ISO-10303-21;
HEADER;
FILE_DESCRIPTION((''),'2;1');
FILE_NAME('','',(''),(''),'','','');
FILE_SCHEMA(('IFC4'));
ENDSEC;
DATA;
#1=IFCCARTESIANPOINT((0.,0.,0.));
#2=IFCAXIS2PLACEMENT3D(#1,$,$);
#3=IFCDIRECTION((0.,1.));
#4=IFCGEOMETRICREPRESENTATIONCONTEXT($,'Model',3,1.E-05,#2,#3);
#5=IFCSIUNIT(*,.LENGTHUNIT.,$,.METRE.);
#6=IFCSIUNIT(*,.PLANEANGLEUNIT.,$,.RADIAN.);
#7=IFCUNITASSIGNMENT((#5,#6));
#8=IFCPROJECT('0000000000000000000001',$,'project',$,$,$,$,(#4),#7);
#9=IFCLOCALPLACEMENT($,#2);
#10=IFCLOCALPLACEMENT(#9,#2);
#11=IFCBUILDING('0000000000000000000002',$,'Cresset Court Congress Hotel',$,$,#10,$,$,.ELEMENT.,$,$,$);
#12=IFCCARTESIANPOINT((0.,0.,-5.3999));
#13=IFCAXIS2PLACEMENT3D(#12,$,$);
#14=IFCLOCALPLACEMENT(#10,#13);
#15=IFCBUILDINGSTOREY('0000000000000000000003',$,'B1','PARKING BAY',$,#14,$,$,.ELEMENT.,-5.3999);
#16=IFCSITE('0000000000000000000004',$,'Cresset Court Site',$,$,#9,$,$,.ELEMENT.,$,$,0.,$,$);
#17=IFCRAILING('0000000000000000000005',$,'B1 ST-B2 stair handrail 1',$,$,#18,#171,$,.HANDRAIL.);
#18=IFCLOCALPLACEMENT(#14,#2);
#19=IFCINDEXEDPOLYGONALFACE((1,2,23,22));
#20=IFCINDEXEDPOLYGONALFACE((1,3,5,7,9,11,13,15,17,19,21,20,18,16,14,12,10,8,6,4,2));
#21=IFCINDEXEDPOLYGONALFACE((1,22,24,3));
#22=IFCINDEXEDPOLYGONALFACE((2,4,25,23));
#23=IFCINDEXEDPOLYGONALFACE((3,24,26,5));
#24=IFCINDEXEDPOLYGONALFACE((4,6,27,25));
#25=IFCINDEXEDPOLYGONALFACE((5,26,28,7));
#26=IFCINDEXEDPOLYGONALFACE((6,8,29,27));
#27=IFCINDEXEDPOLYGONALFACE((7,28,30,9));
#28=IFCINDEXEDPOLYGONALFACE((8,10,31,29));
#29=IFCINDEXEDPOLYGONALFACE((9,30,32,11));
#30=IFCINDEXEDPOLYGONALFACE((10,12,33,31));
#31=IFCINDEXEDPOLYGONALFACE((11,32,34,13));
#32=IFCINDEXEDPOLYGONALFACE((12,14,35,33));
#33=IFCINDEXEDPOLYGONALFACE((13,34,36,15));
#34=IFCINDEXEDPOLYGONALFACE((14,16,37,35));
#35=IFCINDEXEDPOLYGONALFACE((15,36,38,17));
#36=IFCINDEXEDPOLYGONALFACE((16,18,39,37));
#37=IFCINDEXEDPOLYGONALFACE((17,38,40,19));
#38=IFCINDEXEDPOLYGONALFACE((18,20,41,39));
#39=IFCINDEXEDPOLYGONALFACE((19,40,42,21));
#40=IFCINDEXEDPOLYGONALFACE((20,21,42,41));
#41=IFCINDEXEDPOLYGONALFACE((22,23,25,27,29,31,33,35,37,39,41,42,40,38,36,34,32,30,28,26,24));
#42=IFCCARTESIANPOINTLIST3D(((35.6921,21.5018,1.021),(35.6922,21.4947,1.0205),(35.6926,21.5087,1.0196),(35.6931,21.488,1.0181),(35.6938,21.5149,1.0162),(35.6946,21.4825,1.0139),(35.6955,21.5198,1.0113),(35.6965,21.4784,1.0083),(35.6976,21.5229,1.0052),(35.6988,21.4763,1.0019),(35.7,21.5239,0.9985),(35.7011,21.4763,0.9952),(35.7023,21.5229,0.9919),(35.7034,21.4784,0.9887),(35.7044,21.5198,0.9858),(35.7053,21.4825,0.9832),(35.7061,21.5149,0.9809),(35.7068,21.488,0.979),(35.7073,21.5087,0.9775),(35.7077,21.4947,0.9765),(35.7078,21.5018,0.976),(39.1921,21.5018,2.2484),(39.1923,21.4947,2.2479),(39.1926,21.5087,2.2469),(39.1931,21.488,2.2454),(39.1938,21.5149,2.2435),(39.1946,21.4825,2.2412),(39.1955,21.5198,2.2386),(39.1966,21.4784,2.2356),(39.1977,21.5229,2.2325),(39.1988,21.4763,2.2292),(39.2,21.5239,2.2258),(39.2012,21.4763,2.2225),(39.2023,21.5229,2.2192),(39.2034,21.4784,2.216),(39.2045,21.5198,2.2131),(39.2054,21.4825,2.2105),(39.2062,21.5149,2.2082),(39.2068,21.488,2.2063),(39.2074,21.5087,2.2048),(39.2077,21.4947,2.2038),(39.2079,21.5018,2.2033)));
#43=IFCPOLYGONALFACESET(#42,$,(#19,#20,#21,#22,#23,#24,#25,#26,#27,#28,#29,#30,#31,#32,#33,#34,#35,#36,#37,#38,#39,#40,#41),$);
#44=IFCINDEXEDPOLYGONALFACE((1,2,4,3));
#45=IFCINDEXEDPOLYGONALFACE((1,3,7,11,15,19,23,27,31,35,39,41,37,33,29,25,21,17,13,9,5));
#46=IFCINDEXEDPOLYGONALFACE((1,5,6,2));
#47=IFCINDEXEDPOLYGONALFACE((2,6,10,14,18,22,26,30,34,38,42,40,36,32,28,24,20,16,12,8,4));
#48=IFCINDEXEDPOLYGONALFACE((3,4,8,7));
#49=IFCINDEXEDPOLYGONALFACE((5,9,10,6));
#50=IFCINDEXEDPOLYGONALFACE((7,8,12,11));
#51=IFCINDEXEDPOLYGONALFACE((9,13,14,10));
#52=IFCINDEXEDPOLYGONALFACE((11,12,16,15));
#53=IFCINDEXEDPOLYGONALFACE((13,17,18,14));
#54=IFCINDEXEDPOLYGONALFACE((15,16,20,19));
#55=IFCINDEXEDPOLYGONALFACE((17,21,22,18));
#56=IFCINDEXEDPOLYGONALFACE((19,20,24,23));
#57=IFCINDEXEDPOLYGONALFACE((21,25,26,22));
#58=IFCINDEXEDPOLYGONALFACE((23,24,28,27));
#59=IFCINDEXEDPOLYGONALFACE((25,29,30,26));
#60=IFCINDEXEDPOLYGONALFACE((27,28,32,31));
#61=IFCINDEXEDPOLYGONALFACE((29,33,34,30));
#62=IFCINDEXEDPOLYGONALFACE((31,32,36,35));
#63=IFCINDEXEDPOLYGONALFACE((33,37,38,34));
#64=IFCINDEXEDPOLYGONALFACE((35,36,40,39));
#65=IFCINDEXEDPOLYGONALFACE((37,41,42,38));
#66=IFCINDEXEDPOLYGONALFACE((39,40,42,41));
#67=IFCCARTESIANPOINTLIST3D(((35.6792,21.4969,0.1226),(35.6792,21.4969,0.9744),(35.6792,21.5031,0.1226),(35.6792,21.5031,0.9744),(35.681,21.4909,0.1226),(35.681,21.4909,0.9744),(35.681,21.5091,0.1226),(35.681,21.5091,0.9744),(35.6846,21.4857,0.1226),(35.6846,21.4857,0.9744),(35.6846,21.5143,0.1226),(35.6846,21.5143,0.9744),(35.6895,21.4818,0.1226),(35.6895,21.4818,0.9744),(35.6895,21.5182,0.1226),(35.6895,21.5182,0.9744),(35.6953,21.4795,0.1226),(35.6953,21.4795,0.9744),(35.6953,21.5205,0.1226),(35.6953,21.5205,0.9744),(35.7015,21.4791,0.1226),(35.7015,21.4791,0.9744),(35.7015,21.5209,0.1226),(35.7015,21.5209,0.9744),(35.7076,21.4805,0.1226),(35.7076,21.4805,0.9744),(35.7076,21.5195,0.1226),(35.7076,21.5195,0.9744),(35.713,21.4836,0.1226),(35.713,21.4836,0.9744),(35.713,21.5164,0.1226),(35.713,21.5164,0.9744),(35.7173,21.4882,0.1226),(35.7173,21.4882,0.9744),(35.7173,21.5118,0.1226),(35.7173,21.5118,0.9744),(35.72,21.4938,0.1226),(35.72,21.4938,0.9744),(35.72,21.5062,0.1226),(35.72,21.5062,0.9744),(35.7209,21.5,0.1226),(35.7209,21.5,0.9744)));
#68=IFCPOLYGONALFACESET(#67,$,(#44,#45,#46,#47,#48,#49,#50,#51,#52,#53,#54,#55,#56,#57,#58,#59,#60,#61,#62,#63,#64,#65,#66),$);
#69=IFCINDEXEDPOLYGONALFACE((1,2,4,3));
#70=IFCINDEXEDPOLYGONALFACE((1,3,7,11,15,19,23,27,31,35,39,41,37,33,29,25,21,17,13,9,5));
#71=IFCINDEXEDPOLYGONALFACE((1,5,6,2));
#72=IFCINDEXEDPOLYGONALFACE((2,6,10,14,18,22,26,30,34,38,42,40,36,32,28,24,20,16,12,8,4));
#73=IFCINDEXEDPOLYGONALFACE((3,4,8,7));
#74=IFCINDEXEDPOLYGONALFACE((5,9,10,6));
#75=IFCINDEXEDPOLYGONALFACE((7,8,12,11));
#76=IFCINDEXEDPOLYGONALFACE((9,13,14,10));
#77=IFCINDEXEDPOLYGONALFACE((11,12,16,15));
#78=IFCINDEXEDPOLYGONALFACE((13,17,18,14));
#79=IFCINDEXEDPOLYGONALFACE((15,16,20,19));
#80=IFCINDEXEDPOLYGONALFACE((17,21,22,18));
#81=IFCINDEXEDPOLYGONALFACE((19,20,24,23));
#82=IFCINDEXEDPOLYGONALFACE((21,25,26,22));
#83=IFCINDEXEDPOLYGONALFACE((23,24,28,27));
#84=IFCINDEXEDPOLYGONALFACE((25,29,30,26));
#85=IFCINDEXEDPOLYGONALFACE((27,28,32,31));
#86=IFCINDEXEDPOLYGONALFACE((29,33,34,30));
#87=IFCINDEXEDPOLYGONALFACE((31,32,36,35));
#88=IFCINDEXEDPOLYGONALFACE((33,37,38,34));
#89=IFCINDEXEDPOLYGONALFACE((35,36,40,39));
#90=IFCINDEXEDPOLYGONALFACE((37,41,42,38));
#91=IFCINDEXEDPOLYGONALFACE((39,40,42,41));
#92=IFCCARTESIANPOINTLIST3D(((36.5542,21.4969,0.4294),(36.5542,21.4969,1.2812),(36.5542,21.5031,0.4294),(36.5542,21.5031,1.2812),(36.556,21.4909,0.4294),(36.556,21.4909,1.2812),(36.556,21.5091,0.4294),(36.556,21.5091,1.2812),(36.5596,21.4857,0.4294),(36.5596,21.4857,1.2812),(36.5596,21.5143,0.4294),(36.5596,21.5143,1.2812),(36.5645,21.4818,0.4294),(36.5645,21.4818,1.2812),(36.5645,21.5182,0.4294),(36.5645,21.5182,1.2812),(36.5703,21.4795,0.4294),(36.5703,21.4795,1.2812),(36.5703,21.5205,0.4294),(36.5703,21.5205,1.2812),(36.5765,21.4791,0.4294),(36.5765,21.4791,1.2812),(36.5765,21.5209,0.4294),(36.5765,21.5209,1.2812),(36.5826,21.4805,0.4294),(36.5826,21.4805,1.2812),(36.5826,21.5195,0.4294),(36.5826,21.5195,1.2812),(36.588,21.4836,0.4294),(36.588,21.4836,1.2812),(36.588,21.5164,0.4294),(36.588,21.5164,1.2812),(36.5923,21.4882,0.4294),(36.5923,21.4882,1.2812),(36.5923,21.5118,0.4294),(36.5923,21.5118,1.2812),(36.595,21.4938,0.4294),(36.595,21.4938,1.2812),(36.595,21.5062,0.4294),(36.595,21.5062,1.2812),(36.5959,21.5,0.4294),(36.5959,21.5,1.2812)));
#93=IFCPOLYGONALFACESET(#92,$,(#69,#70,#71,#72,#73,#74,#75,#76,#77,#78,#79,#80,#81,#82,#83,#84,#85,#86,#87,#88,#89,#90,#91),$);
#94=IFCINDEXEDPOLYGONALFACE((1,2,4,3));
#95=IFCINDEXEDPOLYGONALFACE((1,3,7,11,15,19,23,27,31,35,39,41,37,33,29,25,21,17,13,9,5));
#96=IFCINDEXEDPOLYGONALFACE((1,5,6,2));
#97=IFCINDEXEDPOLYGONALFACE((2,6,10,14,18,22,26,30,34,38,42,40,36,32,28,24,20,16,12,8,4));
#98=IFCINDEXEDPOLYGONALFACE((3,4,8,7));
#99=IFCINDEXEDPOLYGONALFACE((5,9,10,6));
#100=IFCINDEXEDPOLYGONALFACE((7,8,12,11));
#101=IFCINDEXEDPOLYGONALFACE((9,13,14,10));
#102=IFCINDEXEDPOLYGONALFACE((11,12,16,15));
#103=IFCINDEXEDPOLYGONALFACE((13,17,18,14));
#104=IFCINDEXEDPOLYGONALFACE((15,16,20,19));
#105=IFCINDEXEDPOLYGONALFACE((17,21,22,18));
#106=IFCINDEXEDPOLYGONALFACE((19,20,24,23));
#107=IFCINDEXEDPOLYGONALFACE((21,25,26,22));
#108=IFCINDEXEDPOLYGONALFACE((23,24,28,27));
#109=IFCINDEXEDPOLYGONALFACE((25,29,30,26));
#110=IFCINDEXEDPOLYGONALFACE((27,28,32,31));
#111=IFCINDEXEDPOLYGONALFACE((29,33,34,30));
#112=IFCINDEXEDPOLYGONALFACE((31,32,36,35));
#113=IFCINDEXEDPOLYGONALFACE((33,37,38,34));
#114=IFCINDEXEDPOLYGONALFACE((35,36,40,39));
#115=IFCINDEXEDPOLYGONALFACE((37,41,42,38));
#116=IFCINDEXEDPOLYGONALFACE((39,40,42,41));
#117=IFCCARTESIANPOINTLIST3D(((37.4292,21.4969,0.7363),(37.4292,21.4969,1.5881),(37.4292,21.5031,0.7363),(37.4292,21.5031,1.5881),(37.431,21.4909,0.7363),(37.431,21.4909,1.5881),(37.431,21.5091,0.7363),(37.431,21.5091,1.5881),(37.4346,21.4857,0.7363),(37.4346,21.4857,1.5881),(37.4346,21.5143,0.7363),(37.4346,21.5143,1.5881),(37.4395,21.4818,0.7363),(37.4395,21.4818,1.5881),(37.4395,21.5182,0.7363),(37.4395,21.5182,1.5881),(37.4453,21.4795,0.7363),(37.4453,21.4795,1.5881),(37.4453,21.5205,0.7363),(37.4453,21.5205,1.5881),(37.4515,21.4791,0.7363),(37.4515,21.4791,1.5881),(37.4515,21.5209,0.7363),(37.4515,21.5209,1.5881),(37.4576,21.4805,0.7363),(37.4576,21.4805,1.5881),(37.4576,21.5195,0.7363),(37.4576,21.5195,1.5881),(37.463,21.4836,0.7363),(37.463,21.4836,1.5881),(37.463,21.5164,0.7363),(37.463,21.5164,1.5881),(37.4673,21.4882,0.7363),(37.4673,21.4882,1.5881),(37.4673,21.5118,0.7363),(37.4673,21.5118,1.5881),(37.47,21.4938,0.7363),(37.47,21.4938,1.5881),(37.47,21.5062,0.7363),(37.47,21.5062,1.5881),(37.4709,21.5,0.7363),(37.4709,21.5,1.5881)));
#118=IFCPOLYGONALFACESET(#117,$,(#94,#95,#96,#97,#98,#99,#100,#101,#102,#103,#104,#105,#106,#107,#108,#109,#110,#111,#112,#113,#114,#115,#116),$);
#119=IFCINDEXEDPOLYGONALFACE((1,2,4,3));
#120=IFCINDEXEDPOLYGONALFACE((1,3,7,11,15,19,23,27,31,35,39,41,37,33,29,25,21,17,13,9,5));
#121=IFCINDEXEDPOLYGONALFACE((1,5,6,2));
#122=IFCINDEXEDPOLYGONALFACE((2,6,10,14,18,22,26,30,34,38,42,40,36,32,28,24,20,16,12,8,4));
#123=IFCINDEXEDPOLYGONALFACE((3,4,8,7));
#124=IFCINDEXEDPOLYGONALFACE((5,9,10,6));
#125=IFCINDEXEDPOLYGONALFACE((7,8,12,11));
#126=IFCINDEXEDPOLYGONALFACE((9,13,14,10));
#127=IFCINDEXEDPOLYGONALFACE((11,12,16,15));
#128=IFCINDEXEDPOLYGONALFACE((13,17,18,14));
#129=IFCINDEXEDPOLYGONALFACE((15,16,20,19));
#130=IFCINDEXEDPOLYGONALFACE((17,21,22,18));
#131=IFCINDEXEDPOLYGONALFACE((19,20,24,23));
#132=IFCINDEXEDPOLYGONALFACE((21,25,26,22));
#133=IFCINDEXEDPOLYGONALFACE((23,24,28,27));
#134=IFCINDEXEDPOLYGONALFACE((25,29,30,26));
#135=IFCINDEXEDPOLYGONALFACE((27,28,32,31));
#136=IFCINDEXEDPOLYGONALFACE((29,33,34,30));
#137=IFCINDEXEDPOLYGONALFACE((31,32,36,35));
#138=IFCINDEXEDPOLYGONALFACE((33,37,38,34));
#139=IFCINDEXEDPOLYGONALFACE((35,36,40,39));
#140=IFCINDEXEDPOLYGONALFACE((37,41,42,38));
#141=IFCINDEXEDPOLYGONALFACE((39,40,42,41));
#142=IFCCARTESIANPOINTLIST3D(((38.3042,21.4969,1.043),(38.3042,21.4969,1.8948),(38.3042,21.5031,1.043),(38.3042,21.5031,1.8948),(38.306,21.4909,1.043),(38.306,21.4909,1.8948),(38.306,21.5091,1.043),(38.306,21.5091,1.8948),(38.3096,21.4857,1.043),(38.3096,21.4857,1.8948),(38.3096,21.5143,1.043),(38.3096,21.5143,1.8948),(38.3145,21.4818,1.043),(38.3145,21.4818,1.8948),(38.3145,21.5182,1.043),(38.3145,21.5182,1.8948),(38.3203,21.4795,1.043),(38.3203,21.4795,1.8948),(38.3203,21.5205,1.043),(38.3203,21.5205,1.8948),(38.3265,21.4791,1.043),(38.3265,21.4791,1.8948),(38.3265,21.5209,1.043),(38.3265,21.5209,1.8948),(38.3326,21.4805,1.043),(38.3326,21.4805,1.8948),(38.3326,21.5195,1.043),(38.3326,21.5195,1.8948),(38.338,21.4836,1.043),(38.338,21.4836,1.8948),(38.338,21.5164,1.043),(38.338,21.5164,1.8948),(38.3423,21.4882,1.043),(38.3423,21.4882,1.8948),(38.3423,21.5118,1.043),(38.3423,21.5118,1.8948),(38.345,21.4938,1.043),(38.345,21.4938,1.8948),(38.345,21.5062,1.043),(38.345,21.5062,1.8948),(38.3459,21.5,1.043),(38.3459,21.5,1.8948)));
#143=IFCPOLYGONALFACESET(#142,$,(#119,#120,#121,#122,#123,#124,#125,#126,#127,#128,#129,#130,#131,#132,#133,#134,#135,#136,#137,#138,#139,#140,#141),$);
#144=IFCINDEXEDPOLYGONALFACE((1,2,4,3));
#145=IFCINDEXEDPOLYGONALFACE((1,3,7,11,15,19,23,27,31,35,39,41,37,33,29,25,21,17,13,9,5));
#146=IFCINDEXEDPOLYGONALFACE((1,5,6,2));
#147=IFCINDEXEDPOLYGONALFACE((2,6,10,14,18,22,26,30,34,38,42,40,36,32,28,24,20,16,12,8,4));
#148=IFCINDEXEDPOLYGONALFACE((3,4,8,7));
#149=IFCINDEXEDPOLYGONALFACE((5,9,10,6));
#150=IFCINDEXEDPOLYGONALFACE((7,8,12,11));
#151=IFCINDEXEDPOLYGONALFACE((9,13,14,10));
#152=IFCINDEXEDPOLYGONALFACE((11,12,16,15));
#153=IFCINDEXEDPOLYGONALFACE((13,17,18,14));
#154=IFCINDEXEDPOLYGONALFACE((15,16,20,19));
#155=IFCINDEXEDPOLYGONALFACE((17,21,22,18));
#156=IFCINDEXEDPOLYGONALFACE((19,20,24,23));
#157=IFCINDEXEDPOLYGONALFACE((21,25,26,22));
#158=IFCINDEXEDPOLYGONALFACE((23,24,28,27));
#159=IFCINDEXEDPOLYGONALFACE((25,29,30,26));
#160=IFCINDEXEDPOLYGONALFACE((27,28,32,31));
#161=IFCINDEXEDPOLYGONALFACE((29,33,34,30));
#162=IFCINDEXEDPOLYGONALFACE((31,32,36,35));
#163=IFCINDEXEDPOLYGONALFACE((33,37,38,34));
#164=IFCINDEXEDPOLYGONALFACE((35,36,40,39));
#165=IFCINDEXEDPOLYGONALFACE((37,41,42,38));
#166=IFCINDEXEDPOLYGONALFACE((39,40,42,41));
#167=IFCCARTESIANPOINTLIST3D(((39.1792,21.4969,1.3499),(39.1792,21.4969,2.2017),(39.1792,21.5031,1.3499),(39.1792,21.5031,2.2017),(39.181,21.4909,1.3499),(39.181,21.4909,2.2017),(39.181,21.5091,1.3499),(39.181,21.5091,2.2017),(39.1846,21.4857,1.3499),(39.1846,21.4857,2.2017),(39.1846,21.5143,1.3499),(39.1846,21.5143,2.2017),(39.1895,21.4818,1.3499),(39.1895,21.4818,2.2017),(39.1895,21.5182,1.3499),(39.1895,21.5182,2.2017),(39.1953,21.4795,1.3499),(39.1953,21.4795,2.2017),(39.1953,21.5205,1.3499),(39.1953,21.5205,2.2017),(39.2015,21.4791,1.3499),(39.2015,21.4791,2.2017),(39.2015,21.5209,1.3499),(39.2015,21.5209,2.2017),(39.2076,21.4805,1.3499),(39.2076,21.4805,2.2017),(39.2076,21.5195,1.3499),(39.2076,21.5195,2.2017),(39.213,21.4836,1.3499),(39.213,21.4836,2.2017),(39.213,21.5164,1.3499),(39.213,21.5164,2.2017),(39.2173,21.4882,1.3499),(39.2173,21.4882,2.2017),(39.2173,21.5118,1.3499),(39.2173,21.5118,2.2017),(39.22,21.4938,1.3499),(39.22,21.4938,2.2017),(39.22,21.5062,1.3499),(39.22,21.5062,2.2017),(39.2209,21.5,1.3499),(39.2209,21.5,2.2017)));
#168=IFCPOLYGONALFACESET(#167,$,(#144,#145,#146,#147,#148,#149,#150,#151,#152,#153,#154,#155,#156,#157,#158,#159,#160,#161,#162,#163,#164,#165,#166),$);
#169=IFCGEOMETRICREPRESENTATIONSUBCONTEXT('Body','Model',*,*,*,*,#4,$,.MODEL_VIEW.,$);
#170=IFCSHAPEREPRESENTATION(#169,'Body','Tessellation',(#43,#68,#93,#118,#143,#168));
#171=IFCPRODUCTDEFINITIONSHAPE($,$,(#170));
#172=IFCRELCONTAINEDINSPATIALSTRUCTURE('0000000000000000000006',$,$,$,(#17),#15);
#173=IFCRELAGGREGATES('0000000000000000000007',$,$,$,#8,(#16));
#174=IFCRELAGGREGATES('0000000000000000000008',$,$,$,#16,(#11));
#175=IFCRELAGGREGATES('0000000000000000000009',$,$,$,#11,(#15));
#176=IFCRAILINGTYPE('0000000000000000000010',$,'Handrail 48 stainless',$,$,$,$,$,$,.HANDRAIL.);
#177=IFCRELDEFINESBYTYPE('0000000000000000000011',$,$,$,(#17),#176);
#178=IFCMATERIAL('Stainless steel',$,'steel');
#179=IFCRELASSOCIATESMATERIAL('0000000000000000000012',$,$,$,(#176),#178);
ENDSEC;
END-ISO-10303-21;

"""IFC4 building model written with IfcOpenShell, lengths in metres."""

from ifc_helpers import new_model, si_unit, direction, frame, origin, origin_2d, place, context, subcontext, project, spatial, circle, extrude, material, type_object, element, save


model = new_model("IFC4")

# Units and contexts
model_context = context("Model", 3, precision=1e-05, world=origin(), true_north=direction((0.0, 1.0)))
body_context = subcontext(model_context, "Body", "Model", "MODEL_VIEW")
ifc_project = project(units=[si_unit("LENGTHUNIT", "METRE"), si_unit("PLANEANGLEUNIT", "RADIAN")], contexts=[model_context])

# Site, building, storey
site_placement = place(None, origin())
site = spatial("IfcSite", under=ifc_project, at=site_placement, Name="Cresset Court Site", CompositionType="ELEMENT", RefElevation=0.0)
building_placement = place(site_placement, origin())
building = spatial("IfcBuilding", under=site, at=building_placement, Name="Cresset Court Congress Hotel", CompositionType="ELEMENT")
storey_placement = place(building_placement, frame((0.0, 0.0, -5.3999)))
storey = spatial("IfcBuildingStorey", under=building, at=storey_placement, Name="B1", Description="PARKING BAY", CompositionType="ELEMENT", Elevation=-5.3999)

# Railing
ifc_material_1 = material(Name="Stainless steel", Category="steel")
railing_type_1 = type_object("IfcRailingType", Name="Handrail 48 stainless", PredefinedType="HANDRAIL", material=ifc_material_1)
railing_1_placement = place(storey_placement, frame((35.7, 21.5, 0.1226)))
element("IfcRailing", 1, at=railing_1_placement, inside=storey, type_object=railing_type_1, Name="B1 ST-B2 stair handrail 1", PredefinedType="HANDRAIL", context=body_context, shape_type="SweptSolid", body=[
    extrude(circle(Radius=0.0239, at=origin_2d()), frame((0.0, 0.0, 0.876), z_axis=(0.943665, 0.0, 0.330902), x_axis=(0.0, 1.0, 0.0)), (0.0, 0.0, 1.0), 3.709),
    extrude(circle(Radius=0.021, at=origin_2d()), origin(), (0.0, 0.0, 1.0), 0.8518),
    extrude(circle(Radius=0.021, at=origin_2d()), frame((0.875, 0.0, 0.3069)), (0.0, 0.0, 1.0), 0.8518),
    extrude(circle(Radius=0.021, at=origin_2d()), frame((1.75, 0.0, 0.6138)), (0.0, 0.0, 1.0), 0.8518),
    extrude(circle(Radius=0.021, at=origin_2d()), frame((2.625, 0.0, 0.9204)), (0.0, 0.0, 1.0), 0.8518),
    extrude(circle(Radius=0.021, at=origin_2d()), frame((3.5, 0.0, 1.2273)), (0.0, 0.0, 1.0), 0.8518),
])

save(model, "model.ifc")
